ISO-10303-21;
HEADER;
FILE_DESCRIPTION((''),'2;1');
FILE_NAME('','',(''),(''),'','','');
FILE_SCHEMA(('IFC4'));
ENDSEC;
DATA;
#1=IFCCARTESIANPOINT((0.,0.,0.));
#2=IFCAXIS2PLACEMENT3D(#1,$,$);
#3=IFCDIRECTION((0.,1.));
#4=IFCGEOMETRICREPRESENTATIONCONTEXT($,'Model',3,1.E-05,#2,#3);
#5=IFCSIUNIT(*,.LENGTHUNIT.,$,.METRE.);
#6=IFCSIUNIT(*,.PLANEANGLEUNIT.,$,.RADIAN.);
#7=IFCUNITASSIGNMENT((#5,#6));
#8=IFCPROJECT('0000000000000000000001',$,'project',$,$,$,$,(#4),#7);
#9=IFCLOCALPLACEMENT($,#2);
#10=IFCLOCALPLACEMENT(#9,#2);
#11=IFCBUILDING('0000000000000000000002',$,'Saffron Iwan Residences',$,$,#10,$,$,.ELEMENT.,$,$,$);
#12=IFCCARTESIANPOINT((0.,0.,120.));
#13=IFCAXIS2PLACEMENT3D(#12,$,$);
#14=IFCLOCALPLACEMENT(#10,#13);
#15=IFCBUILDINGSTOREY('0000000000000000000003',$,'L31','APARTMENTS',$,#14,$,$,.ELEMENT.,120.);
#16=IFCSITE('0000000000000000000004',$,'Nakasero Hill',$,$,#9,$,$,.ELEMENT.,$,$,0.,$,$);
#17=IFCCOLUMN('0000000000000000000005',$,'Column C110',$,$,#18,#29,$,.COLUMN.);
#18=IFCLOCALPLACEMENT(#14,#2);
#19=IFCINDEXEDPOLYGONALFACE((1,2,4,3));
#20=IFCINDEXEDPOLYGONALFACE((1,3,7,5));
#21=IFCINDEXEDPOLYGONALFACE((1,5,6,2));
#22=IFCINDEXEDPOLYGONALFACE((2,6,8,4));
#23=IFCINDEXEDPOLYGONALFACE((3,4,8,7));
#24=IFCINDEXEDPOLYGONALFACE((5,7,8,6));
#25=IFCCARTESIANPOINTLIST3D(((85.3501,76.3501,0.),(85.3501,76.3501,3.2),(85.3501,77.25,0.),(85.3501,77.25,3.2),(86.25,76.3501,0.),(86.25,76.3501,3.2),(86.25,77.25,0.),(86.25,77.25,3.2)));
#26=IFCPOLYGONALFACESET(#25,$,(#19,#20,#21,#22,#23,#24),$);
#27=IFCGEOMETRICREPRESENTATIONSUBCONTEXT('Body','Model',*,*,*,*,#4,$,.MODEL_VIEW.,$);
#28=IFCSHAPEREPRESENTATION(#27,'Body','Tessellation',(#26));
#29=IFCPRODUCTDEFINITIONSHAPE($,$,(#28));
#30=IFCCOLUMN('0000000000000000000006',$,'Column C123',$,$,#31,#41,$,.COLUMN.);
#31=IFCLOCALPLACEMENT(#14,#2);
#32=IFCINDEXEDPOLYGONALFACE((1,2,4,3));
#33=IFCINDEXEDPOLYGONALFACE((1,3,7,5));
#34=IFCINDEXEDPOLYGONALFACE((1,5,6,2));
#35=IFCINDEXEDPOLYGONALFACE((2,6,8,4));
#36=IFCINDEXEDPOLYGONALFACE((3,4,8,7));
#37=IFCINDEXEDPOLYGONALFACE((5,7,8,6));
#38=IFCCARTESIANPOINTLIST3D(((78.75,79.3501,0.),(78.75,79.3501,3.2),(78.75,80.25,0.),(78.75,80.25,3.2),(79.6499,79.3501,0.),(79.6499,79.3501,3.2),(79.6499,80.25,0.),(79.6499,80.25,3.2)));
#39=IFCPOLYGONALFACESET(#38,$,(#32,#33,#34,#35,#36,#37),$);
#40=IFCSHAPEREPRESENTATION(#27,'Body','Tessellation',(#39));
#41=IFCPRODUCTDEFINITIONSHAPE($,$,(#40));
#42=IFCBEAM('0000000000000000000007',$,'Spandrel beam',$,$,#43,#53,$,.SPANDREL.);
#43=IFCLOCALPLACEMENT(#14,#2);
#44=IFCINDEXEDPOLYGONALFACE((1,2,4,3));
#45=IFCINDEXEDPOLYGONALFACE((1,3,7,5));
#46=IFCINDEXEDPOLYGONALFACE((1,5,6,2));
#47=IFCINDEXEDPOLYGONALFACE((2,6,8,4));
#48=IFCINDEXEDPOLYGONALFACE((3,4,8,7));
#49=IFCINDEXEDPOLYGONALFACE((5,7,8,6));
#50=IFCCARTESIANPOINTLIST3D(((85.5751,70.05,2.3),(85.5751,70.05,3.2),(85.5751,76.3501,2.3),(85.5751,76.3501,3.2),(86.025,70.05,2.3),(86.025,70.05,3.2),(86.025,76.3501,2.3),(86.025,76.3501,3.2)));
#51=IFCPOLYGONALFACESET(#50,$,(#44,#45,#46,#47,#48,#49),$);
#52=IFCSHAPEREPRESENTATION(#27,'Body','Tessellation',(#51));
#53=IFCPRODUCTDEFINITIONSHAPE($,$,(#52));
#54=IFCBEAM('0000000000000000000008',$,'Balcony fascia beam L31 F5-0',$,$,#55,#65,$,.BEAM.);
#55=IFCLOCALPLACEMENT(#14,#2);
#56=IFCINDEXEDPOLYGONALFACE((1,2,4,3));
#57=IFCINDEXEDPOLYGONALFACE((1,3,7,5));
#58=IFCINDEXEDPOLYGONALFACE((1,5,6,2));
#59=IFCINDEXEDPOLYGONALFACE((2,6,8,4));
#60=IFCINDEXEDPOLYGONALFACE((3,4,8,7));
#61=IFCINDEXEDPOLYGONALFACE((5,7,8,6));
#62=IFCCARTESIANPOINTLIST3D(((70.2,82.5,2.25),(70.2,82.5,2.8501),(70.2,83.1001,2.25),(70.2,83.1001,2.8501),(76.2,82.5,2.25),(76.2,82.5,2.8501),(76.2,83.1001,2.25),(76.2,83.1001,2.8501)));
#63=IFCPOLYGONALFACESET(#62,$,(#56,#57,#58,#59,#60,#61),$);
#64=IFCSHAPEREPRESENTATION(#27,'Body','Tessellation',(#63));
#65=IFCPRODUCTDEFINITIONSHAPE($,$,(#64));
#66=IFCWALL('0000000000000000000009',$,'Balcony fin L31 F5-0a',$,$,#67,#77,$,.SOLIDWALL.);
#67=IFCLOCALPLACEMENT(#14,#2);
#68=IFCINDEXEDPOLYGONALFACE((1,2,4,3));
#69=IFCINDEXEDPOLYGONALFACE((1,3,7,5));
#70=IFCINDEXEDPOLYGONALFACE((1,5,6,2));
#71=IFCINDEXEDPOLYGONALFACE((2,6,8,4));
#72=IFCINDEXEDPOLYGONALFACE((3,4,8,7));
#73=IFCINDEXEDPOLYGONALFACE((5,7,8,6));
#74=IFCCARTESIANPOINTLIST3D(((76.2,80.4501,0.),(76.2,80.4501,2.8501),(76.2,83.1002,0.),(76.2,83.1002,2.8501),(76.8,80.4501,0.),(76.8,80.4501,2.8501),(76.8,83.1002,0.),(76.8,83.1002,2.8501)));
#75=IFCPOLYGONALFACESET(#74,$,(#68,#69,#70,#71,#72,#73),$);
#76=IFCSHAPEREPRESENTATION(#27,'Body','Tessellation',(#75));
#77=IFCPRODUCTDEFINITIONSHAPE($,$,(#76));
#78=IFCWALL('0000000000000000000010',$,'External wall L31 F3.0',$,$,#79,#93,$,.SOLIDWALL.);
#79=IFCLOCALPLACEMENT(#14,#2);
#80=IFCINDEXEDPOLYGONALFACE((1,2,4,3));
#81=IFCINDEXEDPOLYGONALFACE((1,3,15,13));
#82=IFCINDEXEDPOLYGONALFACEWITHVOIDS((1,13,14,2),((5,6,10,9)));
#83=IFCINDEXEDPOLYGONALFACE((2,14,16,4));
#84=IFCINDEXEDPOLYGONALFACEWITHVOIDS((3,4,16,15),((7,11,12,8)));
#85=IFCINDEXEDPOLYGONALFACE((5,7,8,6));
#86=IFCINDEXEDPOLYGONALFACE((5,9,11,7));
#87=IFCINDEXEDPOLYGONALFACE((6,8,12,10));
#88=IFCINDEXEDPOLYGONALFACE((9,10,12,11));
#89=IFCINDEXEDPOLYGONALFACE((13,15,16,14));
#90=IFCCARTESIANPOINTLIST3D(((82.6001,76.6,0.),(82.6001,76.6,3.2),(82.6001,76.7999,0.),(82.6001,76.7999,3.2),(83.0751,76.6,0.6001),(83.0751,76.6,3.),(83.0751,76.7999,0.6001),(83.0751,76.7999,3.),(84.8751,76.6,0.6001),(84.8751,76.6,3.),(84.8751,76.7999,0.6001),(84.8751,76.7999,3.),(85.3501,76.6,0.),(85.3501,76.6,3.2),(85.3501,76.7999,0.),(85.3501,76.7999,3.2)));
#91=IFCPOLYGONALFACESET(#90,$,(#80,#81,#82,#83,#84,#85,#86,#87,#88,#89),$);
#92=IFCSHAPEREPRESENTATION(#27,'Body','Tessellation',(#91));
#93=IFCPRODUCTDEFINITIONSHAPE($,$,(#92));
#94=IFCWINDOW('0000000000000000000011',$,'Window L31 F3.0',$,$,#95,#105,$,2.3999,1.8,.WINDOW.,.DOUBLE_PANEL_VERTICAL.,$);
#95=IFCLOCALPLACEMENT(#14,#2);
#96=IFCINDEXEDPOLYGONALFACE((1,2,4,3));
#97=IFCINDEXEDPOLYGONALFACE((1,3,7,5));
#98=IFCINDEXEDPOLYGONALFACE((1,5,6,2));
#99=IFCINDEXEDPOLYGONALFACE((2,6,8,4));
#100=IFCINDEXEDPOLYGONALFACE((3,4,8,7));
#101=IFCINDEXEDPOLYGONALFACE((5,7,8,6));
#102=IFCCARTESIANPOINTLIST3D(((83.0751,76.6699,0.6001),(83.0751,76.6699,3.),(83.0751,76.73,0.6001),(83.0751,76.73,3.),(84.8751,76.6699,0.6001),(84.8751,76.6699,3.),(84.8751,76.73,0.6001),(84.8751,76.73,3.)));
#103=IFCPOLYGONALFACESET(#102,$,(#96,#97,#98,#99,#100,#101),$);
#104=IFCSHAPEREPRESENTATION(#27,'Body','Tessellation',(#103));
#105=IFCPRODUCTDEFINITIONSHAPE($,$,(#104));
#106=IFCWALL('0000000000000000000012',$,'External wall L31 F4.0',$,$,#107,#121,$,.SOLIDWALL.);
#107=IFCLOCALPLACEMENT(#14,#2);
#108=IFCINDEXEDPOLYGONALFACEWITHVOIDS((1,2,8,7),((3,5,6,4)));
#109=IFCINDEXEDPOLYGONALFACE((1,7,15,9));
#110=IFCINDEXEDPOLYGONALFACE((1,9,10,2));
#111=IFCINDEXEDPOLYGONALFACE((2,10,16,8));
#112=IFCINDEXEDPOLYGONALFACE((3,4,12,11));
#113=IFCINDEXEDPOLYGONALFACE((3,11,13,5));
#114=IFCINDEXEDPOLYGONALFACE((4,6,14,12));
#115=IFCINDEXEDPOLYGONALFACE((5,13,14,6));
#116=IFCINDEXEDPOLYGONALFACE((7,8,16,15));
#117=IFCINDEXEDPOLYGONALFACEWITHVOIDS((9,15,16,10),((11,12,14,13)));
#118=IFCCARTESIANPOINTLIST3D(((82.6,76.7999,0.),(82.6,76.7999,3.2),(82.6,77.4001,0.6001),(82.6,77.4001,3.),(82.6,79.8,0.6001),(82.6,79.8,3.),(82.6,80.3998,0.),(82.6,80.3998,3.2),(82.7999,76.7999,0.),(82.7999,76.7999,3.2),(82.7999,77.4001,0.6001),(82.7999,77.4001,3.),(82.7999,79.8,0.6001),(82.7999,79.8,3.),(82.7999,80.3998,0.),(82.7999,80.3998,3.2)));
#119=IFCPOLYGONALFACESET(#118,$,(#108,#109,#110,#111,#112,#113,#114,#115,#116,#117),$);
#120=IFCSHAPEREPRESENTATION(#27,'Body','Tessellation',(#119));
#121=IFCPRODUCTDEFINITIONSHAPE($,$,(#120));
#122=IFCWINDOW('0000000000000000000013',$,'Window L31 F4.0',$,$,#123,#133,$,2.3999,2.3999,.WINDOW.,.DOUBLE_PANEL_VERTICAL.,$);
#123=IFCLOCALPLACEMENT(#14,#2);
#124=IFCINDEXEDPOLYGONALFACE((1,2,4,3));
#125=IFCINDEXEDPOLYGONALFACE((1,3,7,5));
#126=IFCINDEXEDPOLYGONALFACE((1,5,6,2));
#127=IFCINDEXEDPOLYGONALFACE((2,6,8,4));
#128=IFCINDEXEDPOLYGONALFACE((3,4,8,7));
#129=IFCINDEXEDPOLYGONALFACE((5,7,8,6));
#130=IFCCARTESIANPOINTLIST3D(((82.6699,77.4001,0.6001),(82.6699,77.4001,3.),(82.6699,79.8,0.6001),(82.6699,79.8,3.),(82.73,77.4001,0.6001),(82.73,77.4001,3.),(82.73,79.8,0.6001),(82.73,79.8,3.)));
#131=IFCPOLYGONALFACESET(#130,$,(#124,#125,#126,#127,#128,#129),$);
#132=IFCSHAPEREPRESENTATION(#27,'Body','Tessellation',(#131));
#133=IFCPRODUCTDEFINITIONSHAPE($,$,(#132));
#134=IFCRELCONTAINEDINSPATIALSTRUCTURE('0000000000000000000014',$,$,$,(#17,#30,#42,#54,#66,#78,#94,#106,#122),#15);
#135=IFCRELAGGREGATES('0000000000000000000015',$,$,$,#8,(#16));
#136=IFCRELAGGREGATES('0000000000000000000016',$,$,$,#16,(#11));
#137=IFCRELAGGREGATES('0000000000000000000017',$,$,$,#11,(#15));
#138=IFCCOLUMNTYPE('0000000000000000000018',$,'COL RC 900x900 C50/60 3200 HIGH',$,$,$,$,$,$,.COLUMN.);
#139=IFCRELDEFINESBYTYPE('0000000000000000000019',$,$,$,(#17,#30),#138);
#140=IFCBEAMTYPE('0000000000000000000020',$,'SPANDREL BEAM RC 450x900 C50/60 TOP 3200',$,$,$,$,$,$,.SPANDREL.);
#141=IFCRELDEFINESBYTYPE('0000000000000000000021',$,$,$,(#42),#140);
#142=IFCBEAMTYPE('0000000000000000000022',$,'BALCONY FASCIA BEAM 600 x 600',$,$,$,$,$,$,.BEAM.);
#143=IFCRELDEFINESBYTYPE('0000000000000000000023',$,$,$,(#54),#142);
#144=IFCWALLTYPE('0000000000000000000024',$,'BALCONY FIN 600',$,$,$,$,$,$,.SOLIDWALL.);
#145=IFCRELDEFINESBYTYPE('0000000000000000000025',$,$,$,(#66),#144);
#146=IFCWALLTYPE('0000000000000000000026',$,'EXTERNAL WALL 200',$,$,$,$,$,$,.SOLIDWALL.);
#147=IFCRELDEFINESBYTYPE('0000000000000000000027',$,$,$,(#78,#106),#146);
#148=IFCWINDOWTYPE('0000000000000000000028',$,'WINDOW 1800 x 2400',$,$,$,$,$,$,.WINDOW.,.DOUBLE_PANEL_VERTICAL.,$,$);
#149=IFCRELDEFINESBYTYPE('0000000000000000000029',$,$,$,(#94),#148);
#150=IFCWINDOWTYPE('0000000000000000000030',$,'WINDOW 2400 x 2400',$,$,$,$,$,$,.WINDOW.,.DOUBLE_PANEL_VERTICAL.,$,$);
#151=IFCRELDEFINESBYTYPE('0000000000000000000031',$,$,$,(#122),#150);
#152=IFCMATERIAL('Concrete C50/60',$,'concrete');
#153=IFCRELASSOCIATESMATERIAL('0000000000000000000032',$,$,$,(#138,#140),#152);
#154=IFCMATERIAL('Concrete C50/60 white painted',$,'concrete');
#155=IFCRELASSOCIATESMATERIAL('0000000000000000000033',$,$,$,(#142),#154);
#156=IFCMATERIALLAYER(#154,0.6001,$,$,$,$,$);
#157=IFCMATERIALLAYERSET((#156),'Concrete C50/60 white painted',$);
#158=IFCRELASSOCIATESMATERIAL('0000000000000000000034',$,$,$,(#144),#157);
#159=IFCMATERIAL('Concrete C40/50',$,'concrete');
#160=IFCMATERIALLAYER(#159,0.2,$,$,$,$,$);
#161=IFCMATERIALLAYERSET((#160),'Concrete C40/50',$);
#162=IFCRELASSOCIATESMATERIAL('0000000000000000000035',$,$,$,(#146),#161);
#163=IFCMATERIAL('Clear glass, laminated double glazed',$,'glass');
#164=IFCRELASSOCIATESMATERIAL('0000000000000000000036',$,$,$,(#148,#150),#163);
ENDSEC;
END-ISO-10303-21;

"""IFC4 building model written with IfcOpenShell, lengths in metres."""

from ifc_helpers import new_model, si_unit, direction, frame, frame_2d, origin, origin_2d, place, context, subcontext, project, spatial, rectangle, extrude, source, transform, mapped, material, layer, layer_set, material_profile, profile_set, type_object, element, fill, save


model = new_model("IFC4")

# Units and contexts
model_context = context("Model", 3, precision=1e-05, world=origin(), true_north=direction((0.0, 1.0)))
body_context = subcontext(model_context, "Body", "Model", "MODEL_VIEW")
ifc_project = project(units=[si_unit("LENGTHUNIT", "METRE"), si_unit("PLANEANGLEUNIT", "RADIAN")], contexts=[model_context])

# Site, building, storey
site_placement = place(None, origin())
site = spatial("IfcSite", under=ifc_project, at=site_placement, Name="Nakasero Hill", CompositionType="ELEMENT", RefElevation=0.0)
building_placement = place(site_placement, origin())
building = spatial("IfcBuilding", under=site, at=building_placement, Name="Saffron Iwan Residences", CompositionType="ELEMENT")
storey_placement = place(building_placement, frame((0.0, 0.0, 120.0)))
storey = spatial("IfcBuildingStorey", under=building, at=storey_placement, Name="L31", Description="APARTMENTS", CompositionType="ELEMENT", Elevation=120.0)

# Columns
ifc_material_1 = material(Name="Concrete C50/60", Category="concrete")
ifc_material_profile_1 = material_profile(ifc_material_1, rectangle(XDim=0.8999, YDim=0.8999, at=origin_2d()), Name="RC 900x900")
ifc_profile_set_1 = profile_set([ifc_material_profile_1], Name="Concrete C50/60")
column_type = type_object("IfcColumnType", Name="COL RC 900x900 C50/60 3200 HIGH", PredefinedType="COLUMN", material=ifc_profile_set_1)
shared_shape_1 = source(origin(), body_context, "Body", "SweptSolid", [
    extrude(rectangle(XDim=0.8999, YDim=0.8999, at=origin_2d()), origin(), (0.0, 0.0, 1.0), 3.2),
])
for number, where, z_axis, x_axis, name in (
    (1, (85.8, 76.8, 0.0), (0.0, 0.0, 1.0), (1.0, 0.0, 0.0), "Column C110"),
    (2, (79.2, 79.8, 0.0), (0.0, 0.0, 1.0), (1.0, 0.0, 0.0), "Column C123"),
):
    element("IfcColumn", number, at=place(storey_placement, frame(where, z_axis=z_axis, x_axis=x_axis)), inside=storey, type_object=column_type, Name=name, PredefinedType="COLUMN", context=body_context, shape_type="MappedRepresentation", body=[
        mapped(shared_shape_1, transform((0.0, 0.0, 0.0))),
    ])

# Beams
ifc_material_profile_2 = material_profile(ifc_material_1, rectangle(XDim=0.45, YDim=0.8999, at=origin_2d()), Name="RC 450x900")
ifc_profile_set_2 = profile_set([ifc_material_profile_2], Name="Concrete C50/60")
beam_type_1 = type_object("IfcBeamType", Name="SPANDREL BEAM RC 450x900 C50/60 TOP 3200", PredefinedType="SPANDREL", material=ifc_profile_set_2)
shared_shape_2 = source(origin(), body_context, "Body", "SweptSolid", [
    extrude(rectangle(XDim=0.45, YDim=0.8999, at=origin_2d()), origin(), (0.0, 0.0, 1.0), 6.3),
])
beam_1_placement = place(storey_placement, frame((85.8, 76.3501, 2.75), z_axis=(0.0, -1.0, 0.0), x_axis=(1.0, 0.0, 0.0)))
element("IfcBeam", 3, at=beam_1_placement, inside=storey, type_object=beam_type_1, Name="Spandrel beam", PredefinedType="SPANDREL", context=body_context, shape_type="MappedRepresentation", body=[
    mapped(shared_shape_2, transform((0.0, 0.0, 0.0))),
])
ifc_material_2 = material(Name="Concrete C50/60 white painted", Category="concrete")
ifc_material_profile_3 = material_profile(ifc_material_2, rectangle(XDim=0.6001, YDim=0.6001, at=origin_2d()), Name="BALCONY FASCIA BEAM 600 x 600")
ifc_profile_set_3 = profile_set([ifc_material_profile_3], Name="Concrete C50/60 white painted")
beam_type_2 = type_object("IfcBeamType", Name="BALCONY FASCIA BEAM 600 x 600", PredefinedType="BEAM", material=ifc_profile_set_3)
shared_shape_3 = source(origin(), body_context, "Body", "SweptSolid", [
    extrude(rectangle(XDim=0.6001, YDim=0.6001, at=origin_2d()), origin(), (0.0, 0.0, 1.0), 6.0),
])
beam_2_placement = place(storey_placement, frame((76.2, 82.8, 2.55), z_axis=(-1.0, 0.0, 0.0), x_axis=(0.0, -1.0, 0.0)))
element("IfcBeam", 4, at=beam_2_placement, inside=storey, type_object=beam_type_2, Name="Balcony fascia beam L31 F5-0", PredefinedType="BEAM", context=body_context, shape_type="MappedRepresentation", body=[
    mapped(shared_shape_3, transform((0.0, 0.0, 0.0))),
])

# Wall
ifc_layer_1 = layer(ifc_material_2, 0.6001)
ifc_layer_set_1 = layer_set([ifc_layer_1], Name="Concrete C50/60 white painted")
wall_type_1 = type_object("IfcWallType", Name="BALCONY FIN 600", PredefinedType="SOLIDWALL", material=ifc_layer_set_1)
wall_1_placement = place(storey_placement, frame((76.5, 80.45, 0.0), z_axis=(0.0, 0.0, 1.0), x_axis=(0.0, 1.0, 0.0)))
element("IfcWall", 5, at=wall_1_placement, inside=storey, type_object=wall_type_1, Name="Balcony fin L31 F5-0a", PredefinedType="SOLIDWALL", context=body_context, shape_type="SweptSolid", body=[
    extrude(rectangle(XDim=2.6501, YDim=0.6001, at=frame_2d((1.3252, 0.0))), origin(), (0.0, 0.0, 1.0), 2.8501),
])

# Walls, openings, windows
ifc_material_3 = material(Name="Concrete C40/50", Category="concrete")
ifc_layer_2 = layer(ifc_material_3, 0.2)
ifc_layer_set_2 = layer_set([ifc_layer_2], Name="Concrete C40/50")
wall_type_2 = type_object("IfcWallType", Name="EXTERNAL WALL 200", PredefinedType="SOLIDWALL", material=ifc_layer_set_2)
wall_2_placement = place(storey_placement, frame((85.3501, 76.7, 0.0), z_axis=(0.0, 0.0, 1.0), x_axis=(-1.0, 0.0, 0.0)))
wall_2 = element("IfcWall", 6, at=wall_2_placement, inside=storey, type_object=wall_type_2, Name="External wall L31 F3.0", PredefinedType="SOLIDWALL", context=body_context, shape_type="SweptSolid", body=[
    extrude(rectangle(XDim=2.75, YDim=0.2, at=frame_2d((1.375, 0.0))), origin(), (0.0, 0.0, 1.0), 3.2),
])
opening_1_placement = place(wall_2_placement, frame((0.4751, 0.0, 0.6001)))
opening_1 = element("IfcOpeningElement", 7, at=opening_1_placement, cuts=wall_2, PredefinedType="OPENING", context=body_context, shape_type="SweptSolid", body=[
    extrude(rectangle(XDim=1.8, YDim=2.3999, at=frame_2d((0.8999, 1.2))), frame((0.0, 0.1099, 0.0), z_axis=(0.0, -1.0, 0.0), x_axis=(1.0, 0.0, 0.0)), (0.0, 0.0, 1.0), 0.22),
])
ifc_material_4 = material(Name="Clear glass, laminated double glazed", Category="glass")
window_type_1 = type_object("IfcWindowType", Name="WINDOW 1800 x 2400", PartitioningType="DOUBLE_PANEL_VERTICAL", PredefinedType="WINDOW", material=ifc_material_4)
window_1_placement = place(opening_1_placement, origin())
window_1 = element("IfcWindow", 8, at=window_1_placement, inside=storey, type_object=window_type_1, Name="Window L31 F3.0", OverallHeight=2.3999, OverallWidth=1.8, PartitioningType="DOUBLE_PANEL_VERTICAL", PredefinedType="WINDOW", context=body_context, shape_type="SweptSolid", body=[
    extrude(rectangle(XDim=1.8, YDim=2.3999, at=frame_2d((0.8999, 1.2))), frame((0.0, 0.03, 0.0), z_axis=(0.0, -1.0, 0.0), x_axis=(1.0, 0.0, 0.0)), (0.0, 0.0, 1.0), 0.0601),
])
fill(opening_1, window_1)
wall_3_placement = place(storey_placement, frame((82.7, 76.8, 0.0), z_axis=(0.0, 0.0, 1.0), x_axis=(0.0, 1.0, 0.0)))
wall_3 = element("IfcWall", 9, at=wall_3_placement, inside=storey, type_object=wall_type_2, Name="External wall L31 F4.0", PredefinedType="SOLIDWALL", context=body_context, shape_type="SweptSolid", body=[
    extrude(rectangle(XDim=3.5999, YDim=0.2, at=frame_2d((1.7998, 0.0))), origin(), (0.0, 0.0, 1.0), 3.2),
])
opening_2_placement = place(wall_3_placement, frame((0.6001, 0.0, 0.6001)))
opening_2 = element("IfcOpeningElement", 10, at=opening_2_placement, cuts=wall_3, PredefinedType="OPENING", context=body_context, shape_type="SweptSolid", body=[
    extrude(rectangle(XDim=2.3999, YDim=2.3999, at=frame_2d((1.2, 1.2))), frame((0.0, 0.1099, 0.0), z_axis=(0.0, -1.0, 0.0), x_axis=(1.0, 0.0, 0.0)), (0.0, 0.0, 1.0), 0.22),
])
window_type_2 = type_object("IfcWindowType", Name="WINDOW 2400 x 2400", PartitioningType="DOUBLE_PANEL_VERTICAL", PredefinedType="WINDOW", material=ifc_material_4)
window_2_placement = place(opening_2_placement, origin())
window_2 = element("IfcWindow", 11, at=window_2_placement, inside=storey, type_object=window_type_2, Name="Window L31 F4.0", OverallHeight=2.3999, OverallWidth=2.3999, PartitioningType="DOUBLE_PANEL_VERTICAL", PredefinedType="WINDOW", context=body_context, shape_type="SweptSolid", body=[
    extrude(rectangle(XDim=2.3999, YDim=2.3999, at=frame_2d((1.2, 1.2))), frame((0.0, 0.03, 0.0), z_axis=(0.0, -1.0, 0.0), x_axis=(1.0, 0.0, 0.0)), (0.0, 0.0, 1.0), 0.0601),
])
fill(opening_2, window_2)

save(model, "model.ifc")
